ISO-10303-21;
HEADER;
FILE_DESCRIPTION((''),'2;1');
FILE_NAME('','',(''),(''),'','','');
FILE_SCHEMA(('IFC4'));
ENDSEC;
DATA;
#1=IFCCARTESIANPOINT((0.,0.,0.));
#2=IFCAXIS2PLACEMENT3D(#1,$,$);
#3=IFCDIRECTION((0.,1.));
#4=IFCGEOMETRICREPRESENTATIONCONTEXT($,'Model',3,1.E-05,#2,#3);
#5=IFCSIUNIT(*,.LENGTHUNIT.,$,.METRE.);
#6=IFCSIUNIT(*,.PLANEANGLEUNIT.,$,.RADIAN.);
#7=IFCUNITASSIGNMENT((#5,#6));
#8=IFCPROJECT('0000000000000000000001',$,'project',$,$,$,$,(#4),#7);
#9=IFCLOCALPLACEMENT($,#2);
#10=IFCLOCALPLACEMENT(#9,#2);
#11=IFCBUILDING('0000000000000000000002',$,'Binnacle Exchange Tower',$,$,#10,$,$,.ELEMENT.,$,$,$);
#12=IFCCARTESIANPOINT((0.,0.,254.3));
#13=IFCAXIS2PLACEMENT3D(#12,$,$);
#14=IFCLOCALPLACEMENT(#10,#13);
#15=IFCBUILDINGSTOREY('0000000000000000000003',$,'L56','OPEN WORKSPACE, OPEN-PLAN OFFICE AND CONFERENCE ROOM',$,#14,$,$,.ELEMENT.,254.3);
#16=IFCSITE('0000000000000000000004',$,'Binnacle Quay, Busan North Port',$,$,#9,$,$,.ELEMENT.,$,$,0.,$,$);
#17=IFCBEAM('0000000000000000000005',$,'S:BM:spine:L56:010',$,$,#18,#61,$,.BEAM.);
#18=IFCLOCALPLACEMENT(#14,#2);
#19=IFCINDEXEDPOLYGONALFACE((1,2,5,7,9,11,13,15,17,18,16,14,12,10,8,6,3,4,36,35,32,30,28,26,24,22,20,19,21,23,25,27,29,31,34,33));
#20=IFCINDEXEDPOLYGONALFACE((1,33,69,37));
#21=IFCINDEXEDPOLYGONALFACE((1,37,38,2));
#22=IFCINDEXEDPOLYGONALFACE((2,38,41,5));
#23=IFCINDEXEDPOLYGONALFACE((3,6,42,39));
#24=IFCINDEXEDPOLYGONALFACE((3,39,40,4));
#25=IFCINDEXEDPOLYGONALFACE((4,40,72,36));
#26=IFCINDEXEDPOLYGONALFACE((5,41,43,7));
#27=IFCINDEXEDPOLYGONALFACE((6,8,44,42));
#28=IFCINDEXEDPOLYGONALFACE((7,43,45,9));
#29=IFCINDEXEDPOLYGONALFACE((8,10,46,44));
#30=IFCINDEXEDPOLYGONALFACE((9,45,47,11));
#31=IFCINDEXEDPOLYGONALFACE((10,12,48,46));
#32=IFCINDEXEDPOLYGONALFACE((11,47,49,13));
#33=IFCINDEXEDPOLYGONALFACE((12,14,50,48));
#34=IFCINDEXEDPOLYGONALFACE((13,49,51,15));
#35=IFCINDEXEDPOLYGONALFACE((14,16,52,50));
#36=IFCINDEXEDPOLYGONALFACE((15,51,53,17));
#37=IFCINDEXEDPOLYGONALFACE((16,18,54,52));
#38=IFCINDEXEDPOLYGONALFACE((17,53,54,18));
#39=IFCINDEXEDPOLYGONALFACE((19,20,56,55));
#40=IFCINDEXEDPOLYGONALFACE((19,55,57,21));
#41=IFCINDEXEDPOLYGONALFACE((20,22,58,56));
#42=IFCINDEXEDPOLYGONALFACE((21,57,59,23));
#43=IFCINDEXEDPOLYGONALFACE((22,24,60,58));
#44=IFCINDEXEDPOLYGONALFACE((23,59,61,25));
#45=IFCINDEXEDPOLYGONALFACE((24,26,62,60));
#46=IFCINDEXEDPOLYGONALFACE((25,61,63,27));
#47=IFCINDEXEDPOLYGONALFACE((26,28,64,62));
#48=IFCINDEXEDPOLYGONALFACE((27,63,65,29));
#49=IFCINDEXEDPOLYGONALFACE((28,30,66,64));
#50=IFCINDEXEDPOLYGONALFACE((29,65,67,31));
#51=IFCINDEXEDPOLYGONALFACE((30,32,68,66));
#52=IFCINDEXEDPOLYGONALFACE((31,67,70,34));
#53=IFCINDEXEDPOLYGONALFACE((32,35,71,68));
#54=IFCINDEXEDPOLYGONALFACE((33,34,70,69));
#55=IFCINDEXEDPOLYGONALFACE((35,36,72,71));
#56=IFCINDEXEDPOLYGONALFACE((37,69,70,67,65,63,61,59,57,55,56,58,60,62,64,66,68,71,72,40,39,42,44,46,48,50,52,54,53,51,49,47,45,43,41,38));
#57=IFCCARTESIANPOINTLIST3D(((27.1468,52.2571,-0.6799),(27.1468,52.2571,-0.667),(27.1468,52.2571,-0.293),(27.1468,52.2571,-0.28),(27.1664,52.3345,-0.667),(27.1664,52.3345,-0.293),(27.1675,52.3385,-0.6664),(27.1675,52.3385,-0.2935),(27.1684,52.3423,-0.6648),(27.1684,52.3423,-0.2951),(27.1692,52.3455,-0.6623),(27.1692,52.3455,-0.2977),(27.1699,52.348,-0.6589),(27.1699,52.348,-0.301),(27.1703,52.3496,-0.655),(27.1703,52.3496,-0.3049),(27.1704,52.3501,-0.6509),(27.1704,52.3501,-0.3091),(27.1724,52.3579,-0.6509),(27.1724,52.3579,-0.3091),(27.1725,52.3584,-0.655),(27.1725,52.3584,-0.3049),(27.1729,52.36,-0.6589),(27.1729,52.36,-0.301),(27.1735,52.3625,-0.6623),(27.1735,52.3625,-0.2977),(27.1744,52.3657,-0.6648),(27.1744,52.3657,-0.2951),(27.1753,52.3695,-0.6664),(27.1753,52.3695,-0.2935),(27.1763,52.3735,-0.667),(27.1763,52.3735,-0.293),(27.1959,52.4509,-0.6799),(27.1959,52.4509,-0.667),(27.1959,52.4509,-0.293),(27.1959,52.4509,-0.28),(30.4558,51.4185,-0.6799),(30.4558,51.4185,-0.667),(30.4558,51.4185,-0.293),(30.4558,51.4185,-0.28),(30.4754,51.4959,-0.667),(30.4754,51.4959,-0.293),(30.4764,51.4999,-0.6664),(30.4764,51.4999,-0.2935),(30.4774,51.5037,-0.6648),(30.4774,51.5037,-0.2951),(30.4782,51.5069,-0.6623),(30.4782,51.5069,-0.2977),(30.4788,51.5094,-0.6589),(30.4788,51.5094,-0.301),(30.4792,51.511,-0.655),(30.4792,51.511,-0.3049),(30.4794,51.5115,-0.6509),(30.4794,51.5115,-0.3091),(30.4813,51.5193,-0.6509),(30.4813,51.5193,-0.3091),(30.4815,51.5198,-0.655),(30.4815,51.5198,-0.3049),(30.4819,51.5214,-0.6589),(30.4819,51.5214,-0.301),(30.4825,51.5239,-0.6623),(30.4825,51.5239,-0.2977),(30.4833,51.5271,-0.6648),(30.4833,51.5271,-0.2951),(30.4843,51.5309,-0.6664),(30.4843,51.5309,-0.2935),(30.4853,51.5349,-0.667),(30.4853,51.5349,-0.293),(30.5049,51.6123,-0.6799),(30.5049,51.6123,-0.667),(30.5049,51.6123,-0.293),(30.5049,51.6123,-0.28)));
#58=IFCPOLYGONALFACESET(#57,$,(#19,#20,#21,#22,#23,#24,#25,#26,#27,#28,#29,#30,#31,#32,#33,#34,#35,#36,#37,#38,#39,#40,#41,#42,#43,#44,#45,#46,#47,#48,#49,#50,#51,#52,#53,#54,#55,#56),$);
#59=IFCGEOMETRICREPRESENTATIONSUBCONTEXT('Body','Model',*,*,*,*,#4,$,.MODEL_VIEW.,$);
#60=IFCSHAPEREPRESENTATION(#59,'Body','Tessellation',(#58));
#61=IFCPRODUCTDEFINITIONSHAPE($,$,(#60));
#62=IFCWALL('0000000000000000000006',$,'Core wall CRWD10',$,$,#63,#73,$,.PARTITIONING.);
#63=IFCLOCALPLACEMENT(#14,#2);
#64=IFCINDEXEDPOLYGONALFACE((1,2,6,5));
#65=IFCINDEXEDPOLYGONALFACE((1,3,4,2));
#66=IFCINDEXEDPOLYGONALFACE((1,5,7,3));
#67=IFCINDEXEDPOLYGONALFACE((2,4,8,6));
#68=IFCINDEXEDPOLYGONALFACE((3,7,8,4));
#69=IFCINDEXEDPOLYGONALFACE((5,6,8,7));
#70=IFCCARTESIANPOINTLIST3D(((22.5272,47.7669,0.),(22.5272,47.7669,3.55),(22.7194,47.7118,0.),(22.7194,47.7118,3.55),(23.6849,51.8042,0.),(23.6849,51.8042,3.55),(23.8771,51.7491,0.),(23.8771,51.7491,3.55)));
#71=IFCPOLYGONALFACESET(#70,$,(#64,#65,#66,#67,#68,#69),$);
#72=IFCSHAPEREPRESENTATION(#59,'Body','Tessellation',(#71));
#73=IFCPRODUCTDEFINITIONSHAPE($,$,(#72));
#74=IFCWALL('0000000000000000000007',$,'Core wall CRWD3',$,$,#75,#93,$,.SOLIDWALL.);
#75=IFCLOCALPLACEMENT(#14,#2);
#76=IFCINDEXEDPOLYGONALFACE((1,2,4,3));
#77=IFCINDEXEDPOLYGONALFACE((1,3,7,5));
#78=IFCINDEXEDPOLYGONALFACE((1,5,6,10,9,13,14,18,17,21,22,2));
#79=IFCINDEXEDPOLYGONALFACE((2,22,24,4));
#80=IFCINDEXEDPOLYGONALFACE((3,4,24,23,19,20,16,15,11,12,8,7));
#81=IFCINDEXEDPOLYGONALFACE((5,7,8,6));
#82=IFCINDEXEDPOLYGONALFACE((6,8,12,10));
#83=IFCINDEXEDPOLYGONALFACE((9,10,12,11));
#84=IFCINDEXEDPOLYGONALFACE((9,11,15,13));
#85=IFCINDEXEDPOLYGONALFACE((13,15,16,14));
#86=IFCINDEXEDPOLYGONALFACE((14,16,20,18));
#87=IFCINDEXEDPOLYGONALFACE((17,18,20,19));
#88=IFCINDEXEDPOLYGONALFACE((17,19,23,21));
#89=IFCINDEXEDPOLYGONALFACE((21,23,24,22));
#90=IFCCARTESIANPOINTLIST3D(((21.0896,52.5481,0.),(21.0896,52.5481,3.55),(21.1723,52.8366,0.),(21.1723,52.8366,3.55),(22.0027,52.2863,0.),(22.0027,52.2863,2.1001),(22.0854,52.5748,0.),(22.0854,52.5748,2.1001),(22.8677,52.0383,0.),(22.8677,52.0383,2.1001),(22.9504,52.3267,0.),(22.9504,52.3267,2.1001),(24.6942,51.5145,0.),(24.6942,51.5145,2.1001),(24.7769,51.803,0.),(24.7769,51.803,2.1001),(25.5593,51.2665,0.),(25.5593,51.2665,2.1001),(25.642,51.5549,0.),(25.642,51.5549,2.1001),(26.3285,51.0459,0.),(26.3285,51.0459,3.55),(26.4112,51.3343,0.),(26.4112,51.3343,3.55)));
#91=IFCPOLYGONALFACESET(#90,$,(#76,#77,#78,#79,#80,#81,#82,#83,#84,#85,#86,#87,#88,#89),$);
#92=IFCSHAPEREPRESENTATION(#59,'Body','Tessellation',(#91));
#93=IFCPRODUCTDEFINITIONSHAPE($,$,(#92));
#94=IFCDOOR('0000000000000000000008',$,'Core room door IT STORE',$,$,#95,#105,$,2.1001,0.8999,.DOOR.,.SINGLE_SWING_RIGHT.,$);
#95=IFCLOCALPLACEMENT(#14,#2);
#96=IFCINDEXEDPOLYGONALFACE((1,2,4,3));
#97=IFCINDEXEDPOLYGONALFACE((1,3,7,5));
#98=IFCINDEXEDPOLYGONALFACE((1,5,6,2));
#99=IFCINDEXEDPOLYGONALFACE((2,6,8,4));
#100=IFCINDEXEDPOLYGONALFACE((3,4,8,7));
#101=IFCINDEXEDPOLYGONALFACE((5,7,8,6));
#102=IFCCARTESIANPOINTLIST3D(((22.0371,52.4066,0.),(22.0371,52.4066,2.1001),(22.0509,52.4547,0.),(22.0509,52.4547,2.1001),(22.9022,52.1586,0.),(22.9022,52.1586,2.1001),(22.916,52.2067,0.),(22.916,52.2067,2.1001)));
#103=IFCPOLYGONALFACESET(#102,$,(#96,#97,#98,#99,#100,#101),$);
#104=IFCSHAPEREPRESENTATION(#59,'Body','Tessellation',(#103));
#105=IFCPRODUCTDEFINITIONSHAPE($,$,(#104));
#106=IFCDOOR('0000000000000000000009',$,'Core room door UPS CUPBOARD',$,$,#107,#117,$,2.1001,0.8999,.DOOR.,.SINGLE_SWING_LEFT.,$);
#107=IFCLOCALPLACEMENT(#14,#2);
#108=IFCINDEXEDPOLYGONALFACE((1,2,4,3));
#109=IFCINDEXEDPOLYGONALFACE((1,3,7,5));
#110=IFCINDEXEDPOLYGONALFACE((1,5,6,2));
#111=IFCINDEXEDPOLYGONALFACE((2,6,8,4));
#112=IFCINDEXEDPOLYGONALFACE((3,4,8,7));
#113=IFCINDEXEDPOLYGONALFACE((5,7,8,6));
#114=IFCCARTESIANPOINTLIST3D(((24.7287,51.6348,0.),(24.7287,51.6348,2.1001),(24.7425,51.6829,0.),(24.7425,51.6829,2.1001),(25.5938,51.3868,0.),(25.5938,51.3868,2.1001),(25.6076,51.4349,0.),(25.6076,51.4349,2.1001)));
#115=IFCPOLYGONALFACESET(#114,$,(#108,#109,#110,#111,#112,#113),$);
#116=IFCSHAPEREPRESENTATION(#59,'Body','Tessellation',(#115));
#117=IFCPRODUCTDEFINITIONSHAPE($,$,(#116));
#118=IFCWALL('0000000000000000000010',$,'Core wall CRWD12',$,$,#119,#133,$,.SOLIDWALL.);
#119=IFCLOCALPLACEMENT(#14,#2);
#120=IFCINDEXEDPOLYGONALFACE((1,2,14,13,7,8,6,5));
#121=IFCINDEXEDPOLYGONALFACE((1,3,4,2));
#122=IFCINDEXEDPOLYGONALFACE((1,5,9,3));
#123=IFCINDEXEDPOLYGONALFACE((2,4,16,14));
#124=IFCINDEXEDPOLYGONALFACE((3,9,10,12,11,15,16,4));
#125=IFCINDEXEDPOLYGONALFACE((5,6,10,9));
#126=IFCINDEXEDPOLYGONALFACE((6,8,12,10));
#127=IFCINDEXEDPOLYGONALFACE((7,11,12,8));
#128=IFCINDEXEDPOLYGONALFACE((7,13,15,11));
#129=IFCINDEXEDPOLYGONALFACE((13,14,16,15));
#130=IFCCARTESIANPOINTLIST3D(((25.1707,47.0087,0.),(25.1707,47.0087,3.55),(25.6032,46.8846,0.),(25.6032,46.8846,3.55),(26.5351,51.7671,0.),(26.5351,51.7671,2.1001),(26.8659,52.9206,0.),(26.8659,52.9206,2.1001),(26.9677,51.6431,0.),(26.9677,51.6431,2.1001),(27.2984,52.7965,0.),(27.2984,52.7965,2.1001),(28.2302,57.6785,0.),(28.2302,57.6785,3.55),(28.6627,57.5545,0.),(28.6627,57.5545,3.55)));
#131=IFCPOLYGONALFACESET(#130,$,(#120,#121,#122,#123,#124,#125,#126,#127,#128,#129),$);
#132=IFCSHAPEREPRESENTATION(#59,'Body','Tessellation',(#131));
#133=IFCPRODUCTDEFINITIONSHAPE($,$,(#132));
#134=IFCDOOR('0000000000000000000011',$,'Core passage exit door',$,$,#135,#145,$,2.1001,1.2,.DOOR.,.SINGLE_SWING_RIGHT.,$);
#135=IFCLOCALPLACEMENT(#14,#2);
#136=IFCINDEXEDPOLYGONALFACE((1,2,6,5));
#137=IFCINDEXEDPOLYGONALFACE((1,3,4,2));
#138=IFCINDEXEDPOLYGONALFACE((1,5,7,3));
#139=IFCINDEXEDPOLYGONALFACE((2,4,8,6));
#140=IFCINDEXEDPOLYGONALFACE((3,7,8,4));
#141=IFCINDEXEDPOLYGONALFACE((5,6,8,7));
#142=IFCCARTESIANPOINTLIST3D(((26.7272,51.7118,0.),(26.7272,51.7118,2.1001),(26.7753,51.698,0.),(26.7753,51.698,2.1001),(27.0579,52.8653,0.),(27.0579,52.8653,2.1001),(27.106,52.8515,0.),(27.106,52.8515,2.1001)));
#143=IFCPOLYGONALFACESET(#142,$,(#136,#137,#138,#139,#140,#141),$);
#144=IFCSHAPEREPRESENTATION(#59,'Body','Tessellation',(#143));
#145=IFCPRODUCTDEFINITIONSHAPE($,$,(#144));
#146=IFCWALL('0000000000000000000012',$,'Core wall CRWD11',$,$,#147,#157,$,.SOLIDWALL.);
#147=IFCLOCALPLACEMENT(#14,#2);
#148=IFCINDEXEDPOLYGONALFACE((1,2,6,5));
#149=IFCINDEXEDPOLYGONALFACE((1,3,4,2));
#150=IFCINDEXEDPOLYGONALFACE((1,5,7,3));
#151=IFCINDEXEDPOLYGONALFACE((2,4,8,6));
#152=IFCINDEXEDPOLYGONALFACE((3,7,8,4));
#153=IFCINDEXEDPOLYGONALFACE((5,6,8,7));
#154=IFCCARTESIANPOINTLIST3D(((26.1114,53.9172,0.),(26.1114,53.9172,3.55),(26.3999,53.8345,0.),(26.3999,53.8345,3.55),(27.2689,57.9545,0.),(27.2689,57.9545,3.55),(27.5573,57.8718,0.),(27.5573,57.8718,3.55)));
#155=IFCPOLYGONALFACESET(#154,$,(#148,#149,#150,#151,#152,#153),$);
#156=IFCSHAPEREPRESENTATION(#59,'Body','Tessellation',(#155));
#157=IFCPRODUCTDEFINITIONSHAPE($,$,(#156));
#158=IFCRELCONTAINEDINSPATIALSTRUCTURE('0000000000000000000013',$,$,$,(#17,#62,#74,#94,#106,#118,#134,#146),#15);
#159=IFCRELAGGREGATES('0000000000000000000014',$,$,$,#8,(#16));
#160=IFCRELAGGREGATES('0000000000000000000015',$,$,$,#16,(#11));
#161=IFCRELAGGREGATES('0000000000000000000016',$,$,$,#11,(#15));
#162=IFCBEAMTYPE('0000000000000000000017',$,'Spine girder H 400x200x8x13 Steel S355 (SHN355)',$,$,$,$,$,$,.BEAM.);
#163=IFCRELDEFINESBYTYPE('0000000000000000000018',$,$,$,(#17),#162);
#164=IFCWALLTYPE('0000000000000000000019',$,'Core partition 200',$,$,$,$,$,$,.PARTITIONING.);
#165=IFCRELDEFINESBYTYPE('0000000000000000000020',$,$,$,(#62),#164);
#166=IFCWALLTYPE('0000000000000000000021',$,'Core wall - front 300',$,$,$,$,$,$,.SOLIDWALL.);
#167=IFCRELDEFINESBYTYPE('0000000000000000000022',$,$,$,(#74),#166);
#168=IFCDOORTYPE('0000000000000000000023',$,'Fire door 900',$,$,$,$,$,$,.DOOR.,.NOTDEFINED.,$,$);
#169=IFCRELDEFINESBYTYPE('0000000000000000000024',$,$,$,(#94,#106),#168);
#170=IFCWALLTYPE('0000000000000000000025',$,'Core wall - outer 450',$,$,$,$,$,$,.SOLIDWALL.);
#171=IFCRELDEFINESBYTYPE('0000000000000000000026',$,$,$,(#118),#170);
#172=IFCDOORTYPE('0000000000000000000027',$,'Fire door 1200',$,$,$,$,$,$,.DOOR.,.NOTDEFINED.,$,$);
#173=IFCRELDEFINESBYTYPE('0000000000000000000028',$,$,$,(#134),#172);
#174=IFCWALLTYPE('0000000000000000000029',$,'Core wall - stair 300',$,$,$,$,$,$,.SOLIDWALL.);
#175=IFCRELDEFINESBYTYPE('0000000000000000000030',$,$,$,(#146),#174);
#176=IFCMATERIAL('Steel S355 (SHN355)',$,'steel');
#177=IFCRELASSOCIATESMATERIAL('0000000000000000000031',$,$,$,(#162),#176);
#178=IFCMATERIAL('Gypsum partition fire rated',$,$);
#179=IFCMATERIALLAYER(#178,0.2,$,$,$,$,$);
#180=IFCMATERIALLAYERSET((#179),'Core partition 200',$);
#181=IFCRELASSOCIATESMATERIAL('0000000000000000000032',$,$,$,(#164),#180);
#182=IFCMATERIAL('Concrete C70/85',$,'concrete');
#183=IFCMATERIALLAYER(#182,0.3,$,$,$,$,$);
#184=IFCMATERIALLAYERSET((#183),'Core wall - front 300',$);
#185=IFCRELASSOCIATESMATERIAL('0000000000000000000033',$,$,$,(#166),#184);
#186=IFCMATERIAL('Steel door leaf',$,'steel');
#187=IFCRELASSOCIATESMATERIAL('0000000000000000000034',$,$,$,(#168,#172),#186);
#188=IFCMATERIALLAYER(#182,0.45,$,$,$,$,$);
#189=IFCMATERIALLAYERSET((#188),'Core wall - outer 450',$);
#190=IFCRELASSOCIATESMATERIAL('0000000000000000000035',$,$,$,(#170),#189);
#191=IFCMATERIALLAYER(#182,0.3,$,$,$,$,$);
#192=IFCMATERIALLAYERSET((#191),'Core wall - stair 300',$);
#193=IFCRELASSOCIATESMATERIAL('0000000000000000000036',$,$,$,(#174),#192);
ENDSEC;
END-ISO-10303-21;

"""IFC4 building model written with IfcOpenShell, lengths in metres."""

from ifc_helpers import new_model, si_unit, direction, frame, frame_2d, origin, origin_2d, place, context, subcontext, project, spatial, rectangle, i_section, extrude, material, layer, layer_set, material_profile, profile_set, type_object, element, fill, save


model = new_model("IFC4")

# Units and contexts
model_context = context("Model", 3, precision=1e-05, world=origin(), true_north=direction((0.0, 1.0)))
body_context = subcontext(model_context, "Body", "Model", "MODEL_VIEW")
ifc_project = project(units=[si_unit("LENGTHUNIT", "METRE"), si_unit("PLANEANGLEUNIT", "RADIAN")], contexts=[model_context])

# Site, building, storey
site_placement = place(None, origin())
site = spatial("IfcSite", under=ifc_project, at=site_placement, Name="Binnacle Quay, Busan North Port", CompositionType="ELEMENT", RefElevation=0.0)
building_placement = place(site_placement, origin())
building = spatial("IfcBuilding", under=site, at=building_placement, Name="Binnacle Exchange Tower", CompositionType="ELEMENT")
storey_placement = place(building_placement, frame((0.0, 0.0, 254.3)))
storey = spatial("IfcBuildingStorey", under=building, at=storey_placement, Name="L56", Description="OPEN WORKSPACE, OPEN-PLAN OFFICE AND CONFERENCE ROOM", CompositionType="ELEMENT", Elevation=254.3)

# Beam
ifc_material_1 = material(Name="Steel S355 (SHN355)", Category="steel")
ifc_material_profile_1 = material_profile(ifc_material_1, i_section(OverallWidth=0.2, OverallDepth=0.3999, WebThickness=0.0081, FlangeThickness=0.0129, FilletRadius=0.0161, at=origin_2d()), Name="H 400x200x8x13")
ifc_profile_set_1 = profile_set([ifc_material_profile_1], Name="Steel S355 (SHN355)")
beam_type_1 = type_object("IfcBeamType", Name="Spine girder H 400x200x8x13 Steel S355 (SHN355)", PredefinedType="BEAM", material=ifc_profile_set_1)
beam_1_placement = place(storey_placement, frame((27.1714, 52.354, -0.48), z_axis=(0.969355, -0.245664, 0.0), x_axis=(0.245664, 0.969355, 0.0)))
element("IfcBeam", 1, at=beam_1_placement, inside=storey, type_object=beam_type_1, Name="S:BM:spine:L56:010", PredefinedType="BEAM", context=body_context, shape_type="SweptSolid", body=[
    extrude(i_section(OverallWidth=0.2, OverallDepth=0.3999, WebThickness=0.0081, FlangeThickness=0.0129, FilletRadius=0.0161, at=origin_2d()), origin(), (0.0, 0.0, 1.0), 3.4136),
])

# Wall
ifc_material_2 = material(Name="Gypsum partition fire rated")
ifc_layer_1 = layer(ifc_material_2, 0.2)
ifc_layer_set_1 = layer_set([ifc_layer_1], Name="Core partition 200")
wall_type_1 = type_object("IfcWallType", Name="Core partition 200", PredefinedType="PARTITIONING", material=ifc_layer_set_1)
wall_1_placement = place(storey_placement, frame((22.6233, 47.7393, 0.0), z_axis=(0.0, 0.0, 1.0), x_axis=(0.275642, 0.96126, 0.0)))
element("IfcWall", 2, at=wall_1_placement, inside=storey, type_object=wall_type_1, Name="Core wall CRWD10", PredefinedType="PARTITIONING", context=body_context, shape_type="SweptSolid", body=[
    extrude(rectangle(XDim=4.2, YDim=0.2, at=frame_2d((2.1001, 0.0))), origin(), (0.0, 0.0, 1.0), 3.55),
])

# Wall, openings, doors
ifc_material_3 = material(Name="Concrete C70/85", Category="concrete")
ifc_layer_2 = layer(ifc_material_3, 0.3)
ifc_layer_set_2 = layer_set([ifc_layer_2], Name="Core wall - front 300")
wall_type_2 = type_object("IfcWallType", Name="Core wall - front 300", PredefinedType="SOLIDWALL", material=ifc_layer_set_2)
wall_2_placement = place(storey_placement, frame((21.1309, 52.6924, 0.0), z_axis=(0.0, 0.0, 1.0), x_axis=(0.961261, -0.275638, 0.0)))
wall_2 = element("IfcWall", 3, at=wall_2_placement, inside=storey, type_object=wall_type_2, Name="Core wall CRWD3", PredefinedType="SOLIDWALL", context=body_context, shape_type="SweptSolid", body=[
    extrude(rectangle(XDim=5.45, YDim=0.3, at=frame_2d((2.7251, 0.0))), origin(), (0.0, 0.0, 1.0), 3.55),
])
opening_1_placement = place(wall_2_placement, frame((0.95, 0.0, 0.0)))
opening_1 = element("IfcOpeningElement", 4, at=opening_1_placement, cuts=wall_2, PredefinedType="OPENING", context=body_context, shape_type="SweptSolid", body=[
    extrude(rectangle(XDim=0.8999, YDim=2.1001, at=frame_2d((0.45, 1.05))), frame((0.0, 0.1599, 0.0), z_axis=(0.0, -1.0, 0.0), x_axis=(1.0, 0.0, 0.0)), (0.0, 0.0, 1.0), 0.3201),
])
opening_2_placement = place(wall_2_placement, frame((3.75, 0.0, 0.0)))
opening_2 = element("IfcOpeningElement", 5, at=opening_2_placement, cuts=wall_2, PredefinedType="OPENING", context=body_context, shape_type="SweptSolid", body=[
    extrude(rectangle(XDim=0.8999, YDim=2.1001, at=frame_2d((0.45, 1.05))), frame((0.0, 0.1599, 0.0), z_axis=(0.0, -1.0, 0.0), x_axis=(1.0, 0.0, 0.0)), (0.0, 0.0, 1.0), 0.3201),
])
ifc_material_4 = material(Name="Steel door leaf", Category="steel")
door_type_1 = type_object("IfcDoorType", Name="Fire door 900", OperationType="NOTDEFINED", PredefinedType="DOOR", material=ifc_material_4)
door_1_placement = place(opening_1_placement, frame((0.8999, 0.0, 0.0), z_axis=(0.0, 0.0, 1.0), x_axis=(-1.0, 0.0, 0.0)))
door_1 = element("IfcDoor", 6, at=door_1_placement, inside=storey, type_object=door_type_1, Name="Core room door IT STORE", OperationType="SINGLE_SWING_RIGHT", OverallHeight=2.1001, OverallWidth=0.8999, PredefinedType="DOOR", context=body_context, shape_type="SweptSolid", body=[
    extrude(rectangle(XDim=0.8999, YDim=2.1001, at=frame_2d((0.45, 1.05))), frame((0.0, 0.0249, 0.0), z_axis=(0.0, -1.0, 0.0), x_axis=(1.0, 0.0, 0.0)), (0.0, 0.0, 1.0), 0.05),
])
fill(opening_1, door_1)
door_2_placement = place(opening_2_placement, frame((0.8999, 0.0, 0.0), z_axis=(0.0, 0.0, 1.0), x_axis=(-1.0, 0.0, 0.0)))
door_2 = element("IfcDoor", 7, at=door_2_placement, inside=storey, type_object=door_type_1, Name="Core room door UPS CUPBOARD", OperationType="SINGLE_SWING_LEFT", OverallHeight=2.1001, OverallWidth=0.8999, PredefinedType="DOOR", context=body_context, shape_type="SweptSolid", body=[
    extrude(rectangle(XDim=0.8999, YDim=2.1001, at=frame_2d((0.45, 1.05))), frame((0.0, 0.0249, 0.0), z_axis=(0.0, -1.0, 0.0), x_axis=(1.0, 0.0, 0.0)), (0.0, 0.0, 1.0), 0.05),
])
fill(opening_2, door_2)

# Wall, opening, door
ifc_layer_3 = layer(ifc_material_3, 0.45)
ifc_layer_set_3 = layer_set([ifc_layer_3], Name="Core wall - outer 450")
wall_type_3 = type_object("IfcWallType", Name="Core wall - outer 450", PredefinedType="SOLIDWALL", material=ifc_layer_set_3)
wall_3_placement = place(storey_placement, frame((25.387, 46.9468, 0.0), z_axis=(0.0, 0.0, 1.0), x_axis=(0.275639, 0.961261, 0.0)))
wall_3 = element("IfcWall", 8, at=wall_3_placement, inside=storey, type_object=wall_type_3, Name="Core wall CRWD12", PredefinedType="SOLIDWALL", context=body_context, shape_type="SweptSolid", body=[
    extrude(rectangle(XDim=11.0999, YDim=0.45, at=frame_2d((5.5498, 0.0))), origin(), (0.0, 0.0, 1.0), 3.55),
])
opening_3_placement = place(wall_3_placement, frame((4.95, 0.0, 0.0)))
opening_3 = element("IfcOpeningElement", 9, at=opening_3_placement, cuts=wall_3, PredefinedType="OPENING", context=body_context, shape_type="SweptSolid", body=[
    extrude(rectangle(XDim=1.2, YDim=2.1001, at=frame_2d((0.6001, 1.05))), frame((0.0, 0.2349, 0.0), z_axis=(0.0, -1.0, 0.0), x_axis=(1.0, 0.0, 0.0)), (0.0, 0.0, 1.0), 0.47),
])
door_type_2 = type_object("IfcDoorType", Name="Fire door 1200", OperationType="NOTDEFINED", PredefinedType="DOOR", material=ifc_material_4)
door_3_placement = place(opening_3_placement, frame((1.2, 0.0, 0.0), z_axis=(0.0, 0.0, 1.0), x_axis=(-1.0, 0.0, 0.0)))
door_3 = element("IfcDoor", 10, at=door_3_placement, inside=storey, type_object=door_type_2, Name="Core passage exit door", OperationType="SINGLE_SWING_RIGHT", OverallHeight=2.1001, OverallWidth=1.2, PredefinedType="DOOR", context=body_context, shape_type="SweptSolid", body=[
    extrude(rectangle(XDim=1.2, YDim=2.1001, at=frame_2d((0.6001, 1.05))), frame((0.0, 0.0249, 0.0), z_axis=(0.0, -1.0, 0.0), x_axis=(1.0, 0.0, 0.0)), (0.0, 0.0, 1.0), 0.05),
])
fill(opening_3, door_3)

# Wall
ifc_layer_4 = layer(ifc_material_3, 0.3)
ifc_layer_set_4 = layer_set([ifc_layer_4], Name="Core wall - stair 300")
wall_type_4 = type_object("IfcWallType", Name="Core wall - stair 300", PredefinedType="SOLIDWALL", material=ifc_layer_set_4)
wall_4_placement = place(storey_placement, frame((26.2556, 53.8757, 0.0), z_axis=(0.0, 0.0, 1.0), x_axis=(0.275589, 0.961276, 0.0)))
element("IfcWall", 11, at=wall_4_placement, inside=storey, type_object=wall_type_4, Name="Core wall CRWD11", PredefinedType="SOLIDWALL", context=body_context, shape_type="SweptSolid", body=[
    extrude(rectangle(XDim=4.2, YDim=0.3, at=frame_2d((2.1001, 0.0))), origin(), (0.0, 0.0, 1.0), 3.55),
])

save(model, "model.ifc")
